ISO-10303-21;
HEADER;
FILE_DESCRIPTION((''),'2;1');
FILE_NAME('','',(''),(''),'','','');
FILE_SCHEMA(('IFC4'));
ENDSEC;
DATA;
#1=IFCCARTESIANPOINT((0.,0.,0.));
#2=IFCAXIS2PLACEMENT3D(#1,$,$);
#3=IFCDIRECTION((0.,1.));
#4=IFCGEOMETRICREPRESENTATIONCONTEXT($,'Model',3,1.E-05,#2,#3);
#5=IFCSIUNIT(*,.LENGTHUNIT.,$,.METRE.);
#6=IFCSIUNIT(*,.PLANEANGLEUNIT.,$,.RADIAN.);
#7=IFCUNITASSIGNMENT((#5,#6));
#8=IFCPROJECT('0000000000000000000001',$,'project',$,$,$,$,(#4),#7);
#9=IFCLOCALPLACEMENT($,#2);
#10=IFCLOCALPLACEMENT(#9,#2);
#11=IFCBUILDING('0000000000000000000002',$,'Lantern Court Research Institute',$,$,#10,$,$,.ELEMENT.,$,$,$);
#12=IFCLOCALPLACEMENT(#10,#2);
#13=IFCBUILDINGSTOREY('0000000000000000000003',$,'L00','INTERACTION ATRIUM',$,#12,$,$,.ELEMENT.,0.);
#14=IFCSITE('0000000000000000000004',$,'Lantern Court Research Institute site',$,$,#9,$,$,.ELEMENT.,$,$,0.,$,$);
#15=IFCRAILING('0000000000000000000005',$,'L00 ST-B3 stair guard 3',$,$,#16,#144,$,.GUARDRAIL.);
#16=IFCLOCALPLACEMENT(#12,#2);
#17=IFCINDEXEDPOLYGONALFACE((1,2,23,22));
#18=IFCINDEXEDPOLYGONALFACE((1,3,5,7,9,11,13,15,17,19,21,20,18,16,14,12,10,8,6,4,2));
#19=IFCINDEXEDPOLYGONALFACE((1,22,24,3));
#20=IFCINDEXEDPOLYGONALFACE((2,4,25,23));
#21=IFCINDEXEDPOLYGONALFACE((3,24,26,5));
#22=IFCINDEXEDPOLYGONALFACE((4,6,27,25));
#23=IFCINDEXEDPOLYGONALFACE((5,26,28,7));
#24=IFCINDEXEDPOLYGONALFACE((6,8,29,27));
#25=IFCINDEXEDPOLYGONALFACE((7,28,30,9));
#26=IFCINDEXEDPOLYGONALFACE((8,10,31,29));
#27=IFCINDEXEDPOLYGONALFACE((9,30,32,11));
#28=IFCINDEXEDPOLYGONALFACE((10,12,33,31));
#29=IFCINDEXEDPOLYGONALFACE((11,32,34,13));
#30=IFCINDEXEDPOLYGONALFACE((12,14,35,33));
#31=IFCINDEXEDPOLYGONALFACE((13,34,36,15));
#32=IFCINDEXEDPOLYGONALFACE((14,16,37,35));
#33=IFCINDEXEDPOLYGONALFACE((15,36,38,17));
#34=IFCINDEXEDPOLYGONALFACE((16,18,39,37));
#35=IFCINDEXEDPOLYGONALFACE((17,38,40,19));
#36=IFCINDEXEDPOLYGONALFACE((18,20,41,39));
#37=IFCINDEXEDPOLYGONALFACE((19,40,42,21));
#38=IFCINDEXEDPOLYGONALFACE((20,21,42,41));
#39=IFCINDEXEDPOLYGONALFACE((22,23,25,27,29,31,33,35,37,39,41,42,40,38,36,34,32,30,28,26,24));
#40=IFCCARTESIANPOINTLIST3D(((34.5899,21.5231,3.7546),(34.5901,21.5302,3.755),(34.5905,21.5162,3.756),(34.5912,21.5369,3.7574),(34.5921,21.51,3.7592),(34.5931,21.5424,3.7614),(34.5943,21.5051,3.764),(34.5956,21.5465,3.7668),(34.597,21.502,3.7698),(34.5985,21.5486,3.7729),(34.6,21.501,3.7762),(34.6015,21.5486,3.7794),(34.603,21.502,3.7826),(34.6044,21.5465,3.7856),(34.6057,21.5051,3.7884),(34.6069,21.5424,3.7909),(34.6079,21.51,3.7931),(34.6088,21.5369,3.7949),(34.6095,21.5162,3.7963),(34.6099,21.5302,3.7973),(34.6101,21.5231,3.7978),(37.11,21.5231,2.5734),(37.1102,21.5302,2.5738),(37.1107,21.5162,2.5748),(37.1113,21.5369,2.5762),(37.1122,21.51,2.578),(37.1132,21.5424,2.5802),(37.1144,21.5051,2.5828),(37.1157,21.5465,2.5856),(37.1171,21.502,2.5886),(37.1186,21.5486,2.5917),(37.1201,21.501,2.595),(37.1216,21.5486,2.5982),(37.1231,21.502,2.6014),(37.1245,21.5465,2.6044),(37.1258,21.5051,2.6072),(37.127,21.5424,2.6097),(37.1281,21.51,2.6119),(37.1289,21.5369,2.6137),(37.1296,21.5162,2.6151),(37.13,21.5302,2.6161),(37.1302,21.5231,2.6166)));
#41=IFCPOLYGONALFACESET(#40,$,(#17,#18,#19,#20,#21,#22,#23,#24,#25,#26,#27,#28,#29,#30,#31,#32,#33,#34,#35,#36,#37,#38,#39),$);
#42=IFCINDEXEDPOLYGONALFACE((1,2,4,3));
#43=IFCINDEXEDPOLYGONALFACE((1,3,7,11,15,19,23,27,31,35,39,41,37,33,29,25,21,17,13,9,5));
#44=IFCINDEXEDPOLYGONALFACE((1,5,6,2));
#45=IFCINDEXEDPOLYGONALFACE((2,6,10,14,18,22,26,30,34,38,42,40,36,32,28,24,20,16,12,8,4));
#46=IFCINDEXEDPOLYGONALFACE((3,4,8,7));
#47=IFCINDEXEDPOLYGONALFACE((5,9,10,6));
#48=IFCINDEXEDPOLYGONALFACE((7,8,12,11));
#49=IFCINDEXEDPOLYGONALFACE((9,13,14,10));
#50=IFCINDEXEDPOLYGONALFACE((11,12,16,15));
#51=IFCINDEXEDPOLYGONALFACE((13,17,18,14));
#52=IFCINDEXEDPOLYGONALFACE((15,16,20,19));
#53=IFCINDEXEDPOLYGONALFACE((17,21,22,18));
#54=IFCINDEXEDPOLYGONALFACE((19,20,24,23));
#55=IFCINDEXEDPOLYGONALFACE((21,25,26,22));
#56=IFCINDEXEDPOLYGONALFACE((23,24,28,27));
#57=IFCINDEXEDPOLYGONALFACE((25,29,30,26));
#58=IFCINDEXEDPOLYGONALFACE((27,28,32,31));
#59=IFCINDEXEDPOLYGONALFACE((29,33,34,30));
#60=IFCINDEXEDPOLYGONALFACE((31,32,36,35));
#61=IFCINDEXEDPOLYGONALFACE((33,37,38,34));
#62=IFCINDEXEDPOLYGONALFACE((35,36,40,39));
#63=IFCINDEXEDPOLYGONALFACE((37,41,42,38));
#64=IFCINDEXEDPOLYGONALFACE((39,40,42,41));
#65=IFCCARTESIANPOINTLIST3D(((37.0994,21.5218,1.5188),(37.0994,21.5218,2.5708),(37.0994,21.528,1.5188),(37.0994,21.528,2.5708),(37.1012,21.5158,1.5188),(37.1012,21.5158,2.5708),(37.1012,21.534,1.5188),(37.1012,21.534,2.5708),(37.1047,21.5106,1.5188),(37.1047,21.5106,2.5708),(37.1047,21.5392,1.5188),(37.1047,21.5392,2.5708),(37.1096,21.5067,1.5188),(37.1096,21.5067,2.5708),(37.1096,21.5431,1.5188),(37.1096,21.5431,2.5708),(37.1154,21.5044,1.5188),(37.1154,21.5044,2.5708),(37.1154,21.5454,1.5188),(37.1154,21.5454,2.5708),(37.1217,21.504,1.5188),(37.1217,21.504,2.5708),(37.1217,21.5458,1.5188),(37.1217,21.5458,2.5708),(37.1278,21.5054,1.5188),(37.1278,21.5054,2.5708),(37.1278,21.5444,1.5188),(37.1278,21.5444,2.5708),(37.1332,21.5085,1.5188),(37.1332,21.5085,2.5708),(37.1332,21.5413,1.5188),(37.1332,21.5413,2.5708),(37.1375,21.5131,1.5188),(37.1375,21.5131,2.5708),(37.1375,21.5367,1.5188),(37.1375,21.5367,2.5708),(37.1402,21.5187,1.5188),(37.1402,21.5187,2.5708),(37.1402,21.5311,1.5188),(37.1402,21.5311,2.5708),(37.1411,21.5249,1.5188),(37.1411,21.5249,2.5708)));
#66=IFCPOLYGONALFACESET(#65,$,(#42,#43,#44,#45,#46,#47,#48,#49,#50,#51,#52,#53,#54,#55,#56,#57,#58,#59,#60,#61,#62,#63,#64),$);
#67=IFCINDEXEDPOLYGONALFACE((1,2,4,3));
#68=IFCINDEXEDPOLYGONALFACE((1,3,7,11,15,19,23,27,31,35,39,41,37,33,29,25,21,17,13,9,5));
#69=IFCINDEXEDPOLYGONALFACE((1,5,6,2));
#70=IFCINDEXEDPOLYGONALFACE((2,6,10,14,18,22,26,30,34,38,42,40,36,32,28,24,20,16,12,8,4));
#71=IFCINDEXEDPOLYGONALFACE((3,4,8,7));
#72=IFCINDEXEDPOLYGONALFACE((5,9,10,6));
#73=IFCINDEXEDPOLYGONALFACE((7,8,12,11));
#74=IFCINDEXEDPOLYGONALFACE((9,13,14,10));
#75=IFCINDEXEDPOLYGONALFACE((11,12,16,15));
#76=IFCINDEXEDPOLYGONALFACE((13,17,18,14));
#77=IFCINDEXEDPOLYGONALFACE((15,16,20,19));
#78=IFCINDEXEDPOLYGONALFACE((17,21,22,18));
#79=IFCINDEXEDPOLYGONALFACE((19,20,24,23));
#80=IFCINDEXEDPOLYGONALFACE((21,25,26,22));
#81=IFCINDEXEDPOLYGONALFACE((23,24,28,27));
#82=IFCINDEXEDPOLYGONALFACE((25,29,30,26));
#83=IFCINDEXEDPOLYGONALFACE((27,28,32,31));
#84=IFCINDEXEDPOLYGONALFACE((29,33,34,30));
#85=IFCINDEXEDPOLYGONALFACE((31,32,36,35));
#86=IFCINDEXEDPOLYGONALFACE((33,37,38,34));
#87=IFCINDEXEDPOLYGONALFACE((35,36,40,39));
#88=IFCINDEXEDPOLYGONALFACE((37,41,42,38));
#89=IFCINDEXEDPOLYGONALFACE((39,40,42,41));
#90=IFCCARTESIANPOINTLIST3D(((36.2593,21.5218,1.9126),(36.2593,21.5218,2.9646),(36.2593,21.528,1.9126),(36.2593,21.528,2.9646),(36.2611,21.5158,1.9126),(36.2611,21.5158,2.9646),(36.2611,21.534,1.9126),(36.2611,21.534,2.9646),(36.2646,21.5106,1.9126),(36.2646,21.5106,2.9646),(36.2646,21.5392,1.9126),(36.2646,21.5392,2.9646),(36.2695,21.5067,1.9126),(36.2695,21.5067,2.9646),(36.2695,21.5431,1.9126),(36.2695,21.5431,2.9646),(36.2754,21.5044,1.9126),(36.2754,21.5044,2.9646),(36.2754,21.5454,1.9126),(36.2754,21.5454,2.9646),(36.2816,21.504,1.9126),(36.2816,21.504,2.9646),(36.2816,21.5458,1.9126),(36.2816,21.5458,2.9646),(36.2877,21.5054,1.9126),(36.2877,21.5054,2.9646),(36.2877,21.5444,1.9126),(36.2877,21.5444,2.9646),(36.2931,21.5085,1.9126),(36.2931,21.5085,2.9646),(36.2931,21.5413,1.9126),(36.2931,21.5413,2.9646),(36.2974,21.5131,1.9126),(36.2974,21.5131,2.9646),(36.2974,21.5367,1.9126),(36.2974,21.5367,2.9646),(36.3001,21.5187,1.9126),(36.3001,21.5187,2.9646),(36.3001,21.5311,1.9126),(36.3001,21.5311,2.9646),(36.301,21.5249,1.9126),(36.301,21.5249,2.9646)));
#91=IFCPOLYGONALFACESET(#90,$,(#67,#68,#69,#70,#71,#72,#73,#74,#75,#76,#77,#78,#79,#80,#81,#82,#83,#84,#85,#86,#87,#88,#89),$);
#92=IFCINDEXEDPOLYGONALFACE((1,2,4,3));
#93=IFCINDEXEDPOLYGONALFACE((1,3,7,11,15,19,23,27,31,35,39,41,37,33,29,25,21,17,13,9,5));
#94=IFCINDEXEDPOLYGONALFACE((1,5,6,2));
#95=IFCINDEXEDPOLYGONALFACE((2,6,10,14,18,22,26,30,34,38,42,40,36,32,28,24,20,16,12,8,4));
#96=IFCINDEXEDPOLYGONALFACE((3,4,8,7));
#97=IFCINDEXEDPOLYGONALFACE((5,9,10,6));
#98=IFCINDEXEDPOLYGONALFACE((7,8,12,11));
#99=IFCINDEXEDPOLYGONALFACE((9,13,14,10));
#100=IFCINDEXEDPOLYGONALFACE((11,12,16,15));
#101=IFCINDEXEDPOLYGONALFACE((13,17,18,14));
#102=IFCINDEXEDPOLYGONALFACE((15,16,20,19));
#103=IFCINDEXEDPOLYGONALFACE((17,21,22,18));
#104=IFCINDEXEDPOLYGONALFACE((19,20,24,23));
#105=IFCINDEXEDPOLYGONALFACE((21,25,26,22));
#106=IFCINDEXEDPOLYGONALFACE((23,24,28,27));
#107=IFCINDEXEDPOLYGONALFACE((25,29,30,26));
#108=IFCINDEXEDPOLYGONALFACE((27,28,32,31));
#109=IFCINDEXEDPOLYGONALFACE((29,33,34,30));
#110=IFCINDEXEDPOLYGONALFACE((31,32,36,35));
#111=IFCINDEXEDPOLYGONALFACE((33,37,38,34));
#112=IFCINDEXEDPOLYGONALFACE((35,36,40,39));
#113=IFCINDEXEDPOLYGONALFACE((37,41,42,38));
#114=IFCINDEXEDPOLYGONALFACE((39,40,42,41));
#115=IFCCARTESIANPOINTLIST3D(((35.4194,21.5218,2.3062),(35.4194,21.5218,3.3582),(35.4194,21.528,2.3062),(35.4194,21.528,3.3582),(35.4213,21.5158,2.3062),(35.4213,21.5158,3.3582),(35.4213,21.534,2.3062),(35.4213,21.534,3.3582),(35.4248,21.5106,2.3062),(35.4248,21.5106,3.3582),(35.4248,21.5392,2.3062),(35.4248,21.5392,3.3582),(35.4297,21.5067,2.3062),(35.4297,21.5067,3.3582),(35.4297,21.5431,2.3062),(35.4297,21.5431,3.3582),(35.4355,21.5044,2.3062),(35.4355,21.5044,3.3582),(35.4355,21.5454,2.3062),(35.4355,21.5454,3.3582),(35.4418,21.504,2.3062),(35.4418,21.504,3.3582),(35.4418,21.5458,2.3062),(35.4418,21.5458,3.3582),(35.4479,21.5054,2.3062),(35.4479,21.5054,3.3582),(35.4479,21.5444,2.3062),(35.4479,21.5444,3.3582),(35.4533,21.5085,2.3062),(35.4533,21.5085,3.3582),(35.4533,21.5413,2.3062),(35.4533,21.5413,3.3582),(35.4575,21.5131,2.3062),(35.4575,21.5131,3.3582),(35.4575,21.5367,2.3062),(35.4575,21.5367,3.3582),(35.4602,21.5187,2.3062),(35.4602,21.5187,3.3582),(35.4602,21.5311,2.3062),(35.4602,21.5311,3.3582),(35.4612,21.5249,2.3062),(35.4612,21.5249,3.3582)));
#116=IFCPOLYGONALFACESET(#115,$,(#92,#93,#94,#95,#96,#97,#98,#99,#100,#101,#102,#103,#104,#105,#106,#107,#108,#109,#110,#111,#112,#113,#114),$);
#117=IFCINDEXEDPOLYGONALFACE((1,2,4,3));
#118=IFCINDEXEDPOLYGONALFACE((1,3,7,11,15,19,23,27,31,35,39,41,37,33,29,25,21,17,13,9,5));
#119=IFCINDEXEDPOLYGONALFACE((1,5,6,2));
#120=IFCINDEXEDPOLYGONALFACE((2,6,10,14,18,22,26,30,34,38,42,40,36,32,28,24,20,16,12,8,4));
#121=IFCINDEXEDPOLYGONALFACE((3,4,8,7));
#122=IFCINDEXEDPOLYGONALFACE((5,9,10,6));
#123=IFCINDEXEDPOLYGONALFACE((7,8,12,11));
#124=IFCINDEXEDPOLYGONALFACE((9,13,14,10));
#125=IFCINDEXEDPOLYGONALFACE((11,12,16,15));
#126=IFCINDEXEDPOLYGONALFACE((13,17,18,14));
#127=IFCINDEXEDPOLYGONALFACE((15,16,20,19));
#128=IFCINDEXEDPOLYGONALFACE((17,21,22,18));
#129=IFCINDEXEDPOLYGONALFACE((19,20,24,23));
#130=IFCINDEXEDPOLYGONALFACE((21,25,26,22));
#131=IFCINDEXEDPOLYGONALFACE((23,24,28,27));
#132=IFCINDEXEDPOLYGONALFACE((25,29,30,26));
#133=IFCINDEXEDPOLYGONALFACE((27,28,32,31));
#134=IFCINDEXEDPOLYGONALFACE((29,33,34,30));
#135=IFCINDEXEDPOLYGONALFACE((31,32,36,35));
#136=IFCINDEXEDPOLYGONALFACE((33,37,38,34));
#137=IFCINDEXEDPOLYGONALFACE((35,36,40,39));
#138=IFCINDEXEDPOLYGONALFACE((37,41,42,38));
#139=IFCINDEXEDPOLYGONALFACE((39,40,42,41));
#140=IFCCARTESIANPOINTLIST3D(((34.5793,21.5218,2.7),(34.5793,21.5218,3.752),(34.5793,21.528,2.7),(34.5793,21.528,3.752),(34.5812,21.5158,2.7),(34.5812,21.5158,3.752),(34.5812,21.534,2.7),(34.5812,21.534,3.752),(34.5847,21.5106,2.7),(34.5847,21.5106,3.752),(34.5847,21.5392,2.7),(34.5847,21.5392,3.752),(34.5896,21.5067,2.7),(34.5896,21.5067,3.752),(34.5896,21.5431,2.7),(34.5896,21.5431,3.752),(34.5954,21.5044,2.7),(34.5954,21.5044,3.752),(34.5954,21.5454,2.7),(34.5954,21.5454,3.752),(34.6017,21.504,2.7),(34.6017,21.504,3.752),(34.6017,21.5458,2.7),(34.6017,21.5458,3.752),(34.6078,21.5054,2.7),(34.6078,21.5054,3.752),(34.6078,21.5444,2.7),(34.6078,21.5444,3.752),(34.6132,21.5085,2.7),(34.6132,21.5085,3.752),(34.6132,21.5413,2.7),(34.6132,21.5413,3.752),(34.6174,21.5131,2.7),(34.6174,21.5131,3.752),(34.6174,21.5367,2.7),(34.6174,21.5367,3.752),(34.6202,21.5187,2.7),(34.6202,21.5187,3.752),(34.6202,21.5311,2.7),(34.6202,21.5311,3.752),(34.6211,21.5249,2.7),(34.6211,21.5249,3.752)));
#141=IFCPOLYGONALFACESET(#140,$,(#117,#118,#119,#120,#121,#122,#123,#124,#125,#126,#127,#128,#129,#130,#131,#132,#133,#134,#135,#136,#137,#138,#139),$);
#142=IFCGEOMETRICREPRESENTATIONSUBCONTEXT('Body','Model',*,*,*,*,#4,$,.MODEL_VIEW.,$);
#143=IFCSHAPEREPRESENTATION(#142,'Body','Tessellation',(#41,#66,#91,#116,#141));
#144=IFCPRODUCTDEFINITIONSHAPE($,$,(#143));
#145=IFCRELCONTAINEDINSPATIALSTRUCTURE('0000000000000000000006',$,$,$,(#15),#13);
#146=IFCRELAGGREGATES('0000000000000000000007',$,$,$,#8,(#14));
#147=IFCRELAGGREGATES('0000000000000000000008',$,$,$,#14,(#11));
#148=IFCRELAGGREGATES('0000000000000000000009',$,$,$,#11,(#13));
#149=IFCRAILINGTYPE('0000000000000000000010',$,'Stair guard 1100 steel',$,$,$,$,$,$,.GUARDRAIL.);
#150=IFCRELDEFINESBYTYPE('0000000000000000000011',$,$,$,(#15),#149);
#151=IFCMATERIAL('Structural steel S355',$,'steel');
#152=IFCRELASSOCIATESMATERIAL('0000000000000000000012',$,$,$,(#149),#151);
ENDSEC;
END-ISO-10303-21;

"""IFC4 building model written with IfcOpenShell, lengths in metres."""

from ifc_helpers import new_model, si_unit, direction, frame, origin, origin_2d, place, context, subcontext, project, spatial, circle, extrude, material, type_object, element, save


model = new_model("IFC4")

# Units and contexts
model_context = context("Model", 3, precision=1e-05, world=origin(), true_north=direction((0.0, 1.0)))
body_context = subcontext(model_context, "Body", "Model", "MODEL_VIEW")
ifc_project = project(units=[si_unit("LENGTHUNIT", "METRE"), si_unit("PLANEANGLEUNIT", "RADIAN")], contexts=[model_context])

# Site, building, storey
site_placement = place(None, origin())
site = spatial("IfcSite", under=ifc_project, at=site_placement, Name="Lantern Court Research Institute site", CompositionType="ELEMENT", RefElevation=0.0)
building_placement = place(site_placement, origin())
building = spatial("IfcBuilding", under=site, at=building_placement, Name="Lantern Court Research Institute", CompositionType="ELEMENT")
storey_placement = place(building_placement, origin())
storey = spatial("IfcBuildingStorey", under=building, at=storey_placement, Name="L00", Description="INTERACTION ATRIUM", CompositionType="ELEMENT", Elevation=0.0)

# Railing
ifc_material_1 = material(Name="Structural steel S355", Category="steel")
railing_type_1 = type_object("IfcRailingType", Name="Stair guard 1100 steel", PredefinedType="GUARDRAIL", material=ifc_material_1)
railing_1_placement = place(storey_placement, frame((37.1201, 21.5249, 1.5188)))
element("IfcRailing", 1, at=railing_1_placement, inside=storey, type_object=railing_type_1, Name="L00 ST-B3 stair guard 3", PredefinedType="GUARDRAIL", context=body_context, shape_type="SweptSolid", body=[
    extrude(circle(Radius=0.0239, at=origin_2d()), frame((0.0, 0.0, 1.0762), z_axis=(-0.905474, 0.0, 0.424402), x_axis=(0.0, -1.0, 0.0)), (0.0, 0.0, 1.0), 2.7832),
    extrude(circle(Radius=0.021, at=origin_2d()), origin(), (0.0, 0.0, 1.0), 1.052),
    extrude(circle(Radius=0.021, at=origin_2d()), frame((-0.8401, 0.0, 0.3938)), (0.0, 0.0, 1.0), 1.052),
    extrude(circle(Radius=0.021, at=origin_2d()), frame((-1.6799, 0.0, 0.7874)), (0.0, 0.0, 1.0), 1.052),
    extrude(circle(Radius=0.021, at=origin_2d()), frame((-2.52, 0.0, 1.1812)), (0.0, 0.0, 1.0), 1.052),
])

save(model, "model.ifc")
